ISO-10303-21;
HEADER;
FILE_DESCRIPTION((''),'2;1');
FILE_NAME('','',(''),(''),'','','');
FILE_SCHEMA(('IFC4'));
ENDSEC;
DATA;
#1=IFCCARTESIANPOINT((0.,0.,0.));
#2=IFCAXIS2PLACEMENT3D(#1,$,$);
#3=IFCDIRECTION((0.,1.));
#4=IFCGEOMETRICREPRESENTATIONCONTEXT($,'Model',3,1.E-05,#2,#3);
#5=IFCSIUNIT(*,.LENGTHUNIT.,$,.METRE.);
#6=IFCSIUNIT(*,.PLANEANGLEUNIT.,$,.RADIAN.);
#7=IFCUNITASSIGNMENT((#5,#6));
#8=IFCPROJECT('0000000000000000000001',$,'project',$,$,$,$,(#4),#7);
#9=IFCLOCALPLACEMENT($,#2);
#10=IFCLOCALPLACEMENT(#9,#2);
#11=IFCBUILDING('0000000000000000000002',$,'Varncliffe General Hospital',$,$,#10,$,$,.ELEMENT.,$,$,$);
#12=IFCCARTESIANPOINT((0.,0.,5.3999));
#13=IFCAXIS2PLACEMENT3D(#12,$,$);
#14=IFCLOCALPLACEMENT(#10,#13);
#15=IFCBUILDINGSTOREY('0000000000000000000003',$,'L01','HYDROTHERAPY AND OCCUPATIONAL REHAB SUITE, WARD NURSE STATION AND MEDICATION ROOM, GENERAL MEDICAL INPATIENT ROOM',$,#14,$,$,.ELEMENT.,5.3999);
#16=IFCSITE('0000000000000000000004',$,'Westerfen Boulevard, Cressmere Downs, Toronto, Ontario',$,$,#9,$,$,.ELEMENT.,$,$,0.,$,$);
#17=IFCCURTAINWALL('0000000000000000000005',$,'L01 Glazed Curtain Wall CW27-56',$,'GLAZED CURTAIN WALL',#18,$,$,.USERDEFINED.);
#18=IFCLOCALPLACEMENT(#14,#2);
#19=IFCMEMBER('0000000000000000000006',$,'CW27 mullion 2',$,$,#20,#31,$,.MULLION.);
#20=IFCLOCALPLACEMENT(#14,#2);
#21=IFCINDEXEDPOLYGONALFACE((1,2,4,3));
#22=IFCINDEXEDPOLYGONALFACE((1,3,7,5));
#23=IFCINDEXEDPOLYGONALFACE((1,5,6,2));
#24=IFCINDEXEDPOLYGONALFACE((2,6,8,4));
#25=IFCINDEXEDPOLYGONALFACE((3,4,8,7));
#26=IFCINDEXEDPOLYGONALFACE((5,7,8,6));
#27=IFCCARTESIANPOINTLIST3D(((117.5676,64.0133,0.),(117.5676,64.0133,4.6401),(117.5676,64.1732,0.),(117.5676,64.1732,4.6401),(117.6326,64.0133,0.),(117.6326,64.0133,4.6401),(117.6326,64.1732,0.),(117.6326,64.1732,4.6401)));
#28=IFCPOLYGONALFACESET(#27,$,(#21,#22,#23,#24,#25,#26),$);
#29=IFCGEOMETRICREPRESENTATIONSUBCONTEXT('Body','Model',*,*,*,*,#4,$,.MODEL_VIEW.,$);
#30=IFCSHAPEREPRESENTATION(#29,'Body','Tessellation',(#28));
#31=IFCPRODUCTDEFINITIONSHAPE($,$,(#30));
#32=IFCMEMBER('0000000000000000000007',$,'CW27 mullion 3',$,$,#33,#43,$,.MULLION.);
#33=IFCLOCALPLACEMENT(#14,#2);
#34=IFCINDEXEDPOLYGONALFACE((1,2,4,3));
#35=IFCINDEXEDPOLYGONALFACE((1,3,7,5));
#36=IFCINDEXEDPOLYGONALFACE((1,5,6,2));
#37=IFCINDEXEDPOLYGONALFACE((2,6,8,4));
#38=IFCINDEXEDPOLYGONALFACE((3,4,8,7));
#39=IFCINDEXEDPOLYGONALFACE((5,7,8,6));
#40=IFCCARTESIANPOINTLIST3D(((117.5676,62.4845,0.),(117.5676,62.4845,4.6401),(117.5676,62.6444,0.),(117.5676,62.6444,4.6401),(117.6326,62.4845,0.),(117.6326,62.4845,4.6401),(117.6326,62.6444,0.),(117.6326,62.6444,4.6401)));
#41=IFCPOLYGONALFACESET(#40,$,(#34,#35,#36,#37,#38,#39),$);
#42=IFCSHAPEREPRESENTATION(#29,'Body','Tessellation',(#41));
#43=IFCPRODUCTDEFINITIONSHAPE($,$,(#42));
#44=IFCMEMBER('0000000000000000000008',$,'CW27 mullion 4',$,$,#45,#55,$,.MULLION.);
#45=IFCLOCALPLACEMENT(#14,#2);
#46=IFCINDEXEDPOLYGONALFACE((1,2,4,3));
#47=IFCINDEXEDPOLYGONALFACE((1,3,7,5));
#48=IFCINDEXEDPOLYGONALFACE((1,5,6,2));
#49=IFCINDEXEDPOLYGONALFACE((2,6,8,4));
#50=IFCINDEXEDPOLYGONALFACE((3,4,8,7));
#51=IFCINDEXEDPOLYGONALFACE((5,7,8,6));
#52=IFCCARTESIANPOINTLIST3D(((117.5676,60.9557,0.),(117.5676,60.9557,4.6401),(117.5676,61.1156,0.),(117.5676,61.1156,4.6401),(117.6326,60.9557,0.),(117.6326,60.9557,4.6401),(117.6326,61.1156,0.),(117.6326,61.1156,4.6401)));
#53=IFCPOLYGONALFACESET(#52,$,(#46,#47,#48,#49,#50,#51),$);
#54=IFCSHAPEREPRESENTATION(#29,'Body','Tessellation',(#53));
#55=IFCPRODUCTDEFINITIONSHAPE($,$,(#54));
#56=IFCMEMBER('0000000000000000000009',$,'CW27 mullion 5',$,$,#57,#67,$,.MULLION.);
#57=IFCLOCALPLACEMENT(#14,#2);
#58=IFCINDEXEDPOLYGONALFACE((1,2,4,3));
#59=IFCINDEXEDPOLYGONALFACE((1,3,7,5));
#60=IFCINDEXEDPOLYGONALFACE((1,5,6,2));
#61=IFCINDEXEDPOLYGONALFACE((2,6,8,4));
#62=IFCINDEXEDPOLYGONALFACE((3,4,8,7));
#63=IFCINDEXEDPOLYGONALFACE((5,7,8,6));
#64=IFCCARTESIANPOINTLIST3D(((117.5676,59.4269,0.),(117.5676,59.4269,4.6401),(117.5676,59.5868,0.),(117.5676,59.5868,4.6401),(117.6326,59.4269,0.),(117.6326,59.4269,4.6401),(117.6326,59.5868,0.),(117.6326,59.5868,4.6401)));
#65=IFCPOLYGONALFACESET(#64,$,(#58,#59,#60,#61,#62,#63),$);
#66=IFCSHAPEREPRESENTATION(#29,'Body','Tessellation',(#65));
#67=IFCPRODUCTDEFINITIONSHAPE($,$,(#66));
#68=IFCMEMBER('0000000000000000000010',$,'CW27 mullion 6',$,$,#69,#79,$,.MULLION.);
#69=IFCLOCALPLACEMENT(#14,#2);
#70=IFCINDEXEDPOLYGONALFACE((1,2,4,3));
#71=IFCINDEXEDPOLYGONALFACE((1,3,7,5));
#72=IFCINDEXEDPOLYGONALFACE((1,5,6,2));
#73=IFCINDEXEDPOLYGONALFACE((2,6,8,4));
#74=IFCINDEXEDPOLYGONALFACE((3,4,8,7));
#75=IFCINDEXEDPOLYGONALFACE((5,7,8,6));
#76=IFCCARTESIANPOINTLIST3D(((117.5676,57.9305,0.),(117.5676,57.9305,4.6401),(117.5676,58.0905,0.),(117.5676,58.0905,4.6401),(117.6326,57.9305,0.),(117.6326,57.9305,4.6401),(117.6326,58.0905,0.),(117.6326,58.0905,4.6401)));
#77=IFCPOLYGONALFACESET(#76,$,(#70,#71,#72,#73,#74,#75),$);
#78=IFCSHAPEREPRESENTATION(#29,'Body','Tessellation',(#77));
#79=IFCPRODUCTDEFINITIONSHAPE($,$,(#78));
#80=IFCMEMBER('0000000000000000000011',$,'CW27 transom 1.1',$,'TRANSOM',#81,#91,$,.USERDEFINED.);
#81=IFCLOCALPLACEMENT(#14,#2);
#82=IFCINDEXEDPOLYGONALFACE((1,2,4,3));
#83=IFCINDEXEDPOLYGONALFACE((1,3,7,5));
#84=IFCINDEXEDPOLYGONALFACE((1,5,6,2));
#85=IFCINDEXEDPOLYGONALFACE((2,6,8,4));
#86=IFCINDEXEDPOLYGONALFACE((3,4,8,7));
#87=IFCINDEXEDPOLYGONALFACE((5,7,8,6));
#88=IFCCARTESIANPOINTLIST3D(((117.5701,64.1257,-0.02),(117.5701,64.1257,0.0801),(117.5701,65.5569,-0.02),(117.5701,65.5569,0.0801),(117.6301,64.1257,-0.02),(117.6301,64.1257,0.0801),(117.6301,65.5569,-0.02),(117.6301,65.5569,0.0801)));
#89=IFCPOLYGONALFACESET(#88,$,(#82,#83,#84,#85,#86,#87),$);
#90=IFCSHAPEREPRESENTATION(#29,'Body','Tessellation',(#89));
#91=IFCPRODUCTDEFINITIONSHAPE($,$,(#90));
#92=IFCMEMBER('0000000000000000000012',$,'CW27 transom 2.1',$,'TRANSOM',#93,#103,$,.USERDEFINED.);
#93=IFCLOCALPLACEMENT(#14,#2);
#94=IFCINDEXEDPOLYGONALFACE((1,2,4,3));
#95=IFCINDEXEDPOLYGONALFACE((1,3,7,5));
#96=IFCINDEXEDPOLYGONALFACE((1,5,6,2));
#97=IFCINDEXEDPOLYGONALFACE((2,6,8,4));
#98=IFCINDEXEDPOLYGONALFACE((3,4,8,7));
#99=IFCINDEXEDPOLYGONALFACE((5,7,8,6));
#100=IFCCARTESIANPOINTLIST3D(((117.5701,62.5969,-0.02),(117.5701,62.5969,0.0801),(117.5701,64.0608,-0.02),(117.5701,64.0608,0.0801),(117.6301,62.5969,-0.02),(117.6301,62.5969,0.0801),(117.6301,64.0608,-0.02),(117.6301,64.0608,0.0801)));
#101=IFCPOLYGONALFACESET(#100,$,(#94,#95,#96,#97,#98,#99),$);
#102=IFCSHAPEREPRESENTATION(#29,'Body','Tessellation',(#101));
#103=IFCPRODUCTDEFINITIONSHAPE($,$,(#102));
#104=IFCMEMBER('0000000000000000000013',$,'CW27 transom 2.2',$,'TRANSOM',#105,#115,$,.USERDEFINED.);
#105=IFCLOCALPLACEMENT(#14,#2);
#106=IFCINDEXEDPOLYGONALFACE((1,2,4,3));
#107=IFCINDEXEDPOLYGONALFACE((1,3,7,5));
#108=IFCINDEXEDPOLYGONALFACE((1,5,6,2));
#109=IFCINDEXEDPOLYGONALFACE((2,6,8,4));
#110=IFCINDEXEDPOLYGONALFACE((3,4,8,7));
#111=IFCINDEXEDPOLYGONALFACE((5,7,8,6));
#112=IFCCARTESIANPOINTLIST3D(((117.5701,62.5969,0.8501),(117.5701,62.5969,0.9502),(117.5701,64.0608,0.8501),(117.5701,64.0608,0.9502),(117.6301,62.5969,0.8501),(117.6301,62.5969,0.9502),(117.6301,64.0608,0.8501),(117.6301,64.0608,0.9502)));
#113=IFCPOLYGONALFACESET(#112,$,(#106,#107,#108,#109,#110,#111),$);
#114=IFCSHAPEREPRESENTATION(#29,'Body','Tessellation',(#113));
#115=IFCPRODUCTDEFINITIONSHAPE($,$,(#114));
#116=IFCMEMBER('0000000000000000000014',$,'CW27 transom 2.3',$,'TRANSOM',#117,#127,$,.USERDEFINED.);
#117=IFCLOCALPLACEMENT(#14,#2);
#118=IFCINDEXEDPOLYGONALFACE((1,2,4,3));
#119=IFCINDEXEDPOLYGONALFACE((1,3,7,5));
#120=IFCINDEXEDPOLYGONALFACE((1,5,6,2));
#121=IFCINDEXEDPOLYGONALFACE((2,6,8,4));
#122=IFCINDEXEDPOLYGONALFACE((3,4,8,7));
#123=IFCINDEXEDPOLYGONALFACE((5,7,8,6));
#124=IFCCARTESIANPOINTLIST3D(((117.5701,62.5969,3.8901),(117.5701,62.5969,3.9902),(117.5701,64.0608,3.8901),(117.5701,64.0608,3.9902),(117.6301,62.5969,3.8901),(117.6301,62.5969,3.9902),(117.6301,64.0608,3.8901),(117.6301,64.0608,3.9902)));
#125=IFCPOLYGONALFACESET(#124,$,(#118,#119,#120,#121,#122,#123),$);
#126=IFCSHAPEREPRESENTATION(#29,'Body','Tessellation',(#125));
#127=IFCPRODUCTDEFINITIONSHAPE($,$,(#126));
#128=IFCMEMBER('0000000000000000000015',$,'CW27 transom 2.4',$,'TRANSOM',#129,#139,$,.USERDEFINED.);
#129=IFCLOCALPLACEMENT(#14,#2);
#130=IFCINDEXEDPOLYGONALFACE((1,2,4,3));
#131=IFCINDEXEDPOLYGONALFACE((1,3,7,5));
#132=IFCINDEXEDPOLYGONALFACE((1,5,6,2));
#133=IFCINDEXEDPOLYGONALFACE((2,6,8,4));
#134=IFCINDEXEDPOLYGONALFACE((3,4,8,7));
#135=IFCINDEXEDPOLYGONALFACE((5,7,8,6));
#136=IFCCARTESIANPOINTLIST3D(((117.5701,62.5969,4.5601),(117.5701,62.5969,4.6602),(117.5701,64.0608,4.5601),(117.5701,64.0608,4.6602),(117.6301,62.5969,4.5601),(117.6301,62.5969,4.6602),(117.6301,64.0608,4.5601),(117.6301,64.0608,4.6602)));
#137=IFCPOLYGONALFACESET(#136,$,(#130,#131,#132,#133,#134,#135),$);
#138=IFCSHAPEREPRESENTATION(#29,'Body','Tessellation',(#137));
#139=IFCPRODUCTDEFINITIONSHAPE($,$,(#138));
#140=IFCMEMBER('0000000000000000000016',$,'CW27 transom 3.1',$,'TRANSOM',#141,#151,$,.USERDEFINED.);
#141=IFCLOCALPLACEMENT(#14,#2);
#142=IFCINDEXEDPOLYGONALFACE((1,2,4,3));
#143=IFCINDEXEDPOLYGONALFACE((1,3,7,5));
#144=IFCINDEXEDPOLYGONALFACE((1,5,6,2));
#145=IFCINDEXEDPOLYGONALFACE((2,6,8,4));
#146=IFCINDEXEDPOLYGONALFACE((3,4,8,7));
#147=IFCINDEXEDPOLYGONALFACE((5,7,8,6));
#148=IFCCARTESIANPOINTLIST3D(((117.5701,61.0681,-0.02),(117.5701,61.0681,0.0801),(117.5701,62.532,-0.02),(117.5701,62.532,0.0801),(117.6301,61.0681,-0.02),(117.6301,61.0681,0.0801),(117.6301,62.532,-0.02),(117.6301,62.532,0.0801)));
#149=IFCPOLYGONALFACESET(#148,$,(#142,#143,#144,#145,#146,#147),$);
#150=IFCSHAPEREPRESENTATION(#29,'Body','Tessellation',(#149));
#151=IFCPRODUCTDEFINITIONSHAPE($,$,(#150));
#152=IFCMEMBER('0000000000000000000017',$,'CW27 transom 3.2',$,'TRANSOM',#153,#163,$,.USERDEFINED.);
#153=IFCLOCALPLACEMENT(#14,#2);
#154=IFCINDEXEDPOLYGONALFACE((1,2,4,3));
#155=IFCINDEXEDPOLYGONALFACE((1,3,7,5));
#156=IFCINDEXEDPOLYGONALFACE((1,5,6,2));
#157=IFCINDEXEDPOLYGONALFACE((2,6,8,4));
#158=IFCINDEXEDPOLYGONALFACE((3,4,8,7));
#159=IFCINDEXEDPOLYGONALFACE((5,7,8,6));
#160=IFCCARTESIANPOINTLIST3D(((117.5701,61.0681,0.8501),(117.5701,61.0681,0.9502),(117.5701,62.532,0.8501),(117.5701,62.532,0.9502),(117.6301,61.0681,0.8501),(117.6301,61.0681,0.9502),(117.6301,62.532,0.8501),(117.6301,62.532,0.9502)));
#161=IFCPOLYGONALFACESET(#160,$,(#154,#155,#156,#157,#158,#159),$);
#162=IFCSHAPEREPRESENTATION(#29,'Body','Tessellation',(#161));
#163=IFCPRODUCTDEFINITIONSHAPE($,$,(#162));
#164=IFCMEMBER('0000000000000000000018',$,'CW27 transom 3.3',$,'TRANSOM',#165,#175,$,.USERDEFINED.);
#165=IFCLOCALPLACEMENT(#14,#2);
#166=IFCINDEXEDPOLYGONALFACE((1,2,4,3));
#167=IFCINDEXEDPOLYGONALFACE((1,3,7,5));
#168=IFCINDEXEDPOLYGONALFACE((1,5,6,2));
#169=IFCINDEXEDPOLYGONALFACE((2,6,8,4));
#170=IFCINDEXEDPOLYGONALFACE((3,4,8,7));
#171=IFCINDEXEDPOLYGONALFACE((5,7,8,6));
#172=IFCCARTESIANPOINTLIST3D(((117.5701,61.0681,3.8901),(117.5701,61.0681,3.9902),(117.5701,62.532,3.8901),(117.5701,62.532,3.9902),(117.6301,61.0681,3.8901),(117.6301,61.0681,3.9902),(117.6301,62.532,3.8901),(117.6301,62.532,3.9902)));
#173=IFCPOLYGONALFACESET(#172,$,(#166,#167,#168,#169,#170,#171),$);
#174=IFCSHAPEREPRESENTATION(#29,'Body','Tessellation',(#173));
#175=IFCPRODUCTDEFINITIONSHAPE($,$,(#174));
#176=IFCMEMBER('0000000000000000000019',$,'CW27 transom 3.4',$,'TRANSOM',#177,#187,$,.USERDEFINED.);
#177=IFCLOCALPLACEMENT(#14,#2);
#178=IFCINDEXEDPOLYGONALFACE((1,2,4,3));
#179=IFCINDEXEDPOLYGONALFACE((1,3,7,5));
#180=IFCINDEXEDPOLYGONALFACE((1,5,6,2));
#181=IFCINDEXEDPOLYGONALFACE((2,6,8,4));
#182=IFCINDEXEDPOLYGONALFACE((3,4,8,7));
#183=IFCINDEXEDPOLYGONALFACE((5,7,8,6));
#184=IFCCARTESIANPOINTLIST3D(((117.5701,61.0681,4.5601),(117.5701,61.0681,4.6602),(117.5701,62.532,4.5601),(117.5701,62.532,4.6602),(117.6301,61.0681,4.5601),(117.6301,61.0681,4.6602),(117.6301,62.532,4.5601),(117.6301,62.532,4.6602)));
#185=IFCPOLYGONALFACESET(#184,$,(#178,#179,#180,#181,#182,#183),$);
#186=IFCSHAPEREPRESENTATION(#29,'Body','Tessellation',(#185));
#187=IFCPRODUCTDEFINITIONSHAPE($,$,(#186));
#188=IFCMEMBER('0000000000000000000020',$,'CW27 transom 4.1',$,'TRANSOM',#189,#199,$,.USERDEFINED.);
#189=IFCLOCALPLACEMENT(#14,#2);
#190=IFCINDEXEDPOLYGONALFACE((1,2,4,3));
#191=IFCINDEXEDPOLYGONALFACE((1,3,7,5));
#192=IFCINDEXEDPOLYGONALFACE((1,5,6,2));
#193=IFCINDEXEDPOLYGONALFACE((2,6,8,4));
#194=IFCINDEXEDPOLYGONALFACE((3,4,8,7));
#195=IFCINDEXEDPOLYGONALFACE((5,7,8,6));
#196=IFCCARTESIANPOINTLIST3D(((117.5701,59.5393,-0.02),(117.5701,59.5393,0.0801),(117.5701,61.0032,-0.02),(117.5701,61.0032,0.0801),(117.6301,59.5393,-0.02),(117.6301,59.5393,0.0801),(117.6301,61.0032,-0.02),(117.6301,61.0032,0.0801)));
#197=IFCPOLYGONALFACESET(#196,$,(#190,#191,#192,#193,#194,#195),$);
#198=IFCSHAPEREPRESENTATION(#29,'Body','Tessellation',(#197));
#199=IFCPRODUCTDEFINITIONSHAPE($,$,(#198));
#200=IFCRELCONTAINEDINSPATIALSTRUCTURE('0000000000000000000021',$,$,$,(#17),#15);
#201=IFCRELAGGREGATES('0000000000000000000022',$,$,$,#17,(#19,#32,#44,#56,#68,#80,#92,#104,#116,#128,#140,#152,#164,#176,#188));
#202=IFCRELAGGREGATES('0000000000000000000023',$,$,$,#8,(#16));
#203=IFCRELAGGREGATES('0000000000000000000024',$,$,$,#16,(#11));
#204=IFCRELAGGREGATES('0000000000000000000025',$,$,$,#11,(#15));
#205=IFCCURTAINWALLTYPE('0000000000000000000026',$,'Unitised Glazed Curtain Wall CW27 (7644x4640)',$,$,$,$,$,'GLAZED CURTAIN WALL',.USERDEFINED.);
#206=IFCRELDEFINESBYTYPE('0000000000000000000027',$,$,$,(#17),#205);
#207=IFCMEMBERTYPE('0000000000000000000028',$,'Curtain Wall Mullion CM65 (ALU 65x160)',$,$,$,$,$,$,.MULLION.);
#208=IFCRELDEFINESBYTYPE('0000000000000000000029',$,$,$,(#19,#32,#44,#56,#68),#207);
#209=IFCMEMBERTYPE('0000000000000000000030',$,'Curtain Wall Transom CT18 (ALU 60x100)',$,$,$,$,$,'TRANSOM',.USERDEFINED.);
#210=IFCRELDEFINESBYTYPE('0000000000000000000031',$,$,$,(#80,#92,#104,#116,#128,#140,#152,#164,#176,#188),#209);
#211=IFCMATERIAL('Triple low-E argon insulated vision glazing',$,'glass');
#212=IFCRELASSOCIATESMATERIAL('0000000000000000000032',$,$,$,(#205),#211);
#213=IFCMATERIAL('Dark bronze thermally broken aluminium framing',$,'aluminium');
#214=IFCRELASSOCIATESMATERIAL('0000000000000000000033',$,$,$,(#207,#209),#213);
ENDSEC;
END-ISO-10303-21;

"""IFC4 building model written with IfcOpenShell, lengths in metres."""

from ifc_helpers import new_model, si_unit, direction, frame, origin, origin_2d, place, context, subcontext, project, spatial, rectangle, extrude, material, material_profile, profile_set, type_object, element, aggregate, save


model = new_model("IFC4")

# Units and contexts
model_context = context("Model", 3, precision=1e-05, world=origin(), true_north=direction((0.0, 1.0)))
body_context = subcontext(model_context, "Body", "Model", "MODEL_VIEW")
ifc_project = project(units=[si_unit("LENGTHUNIT", "METRE"), si_unit("PLANEANGLEUNIT", "RADIAN")], contexts=[model_context])

# Site, building, storey
site_placement = place(None, origin())
site = spatial("IfcSite", under=ifc_project, at=site_placement, Name="Westerfen Boulevard, Cressmere Downs, Toronto, Ontario", CompositionType="ELEMENT", RefElevation=0.0)
building_placement = place(site_placement, origin())
building = spatial("IfcBuilding", under=site, at=building_placement, Name="Varncliffe General Hospital", CompositionType="ELEMENT")
storey_placement = place(building_placement, frame((0.0, 0.0, 5.3999)))
storey = spatial("IfcBuildingStorey", under=building, at=storey_placement, Name="L01", Description="HYDROTHERAPY AND OCCUPATIONAL REHAB SUITE, WARD NURSE STATION AND MEDICATION ROOM, GENERAL MEDICAL INPATIENT ROOM", CompositionType="ELEMENT", Elevation=5.3999)

# Curtain wall, members
ifc_material_1 = material(Name="Triple low-E argon insulated vision glazing", Category="glass")
curtain_wall_type = type_object("IfcCurtainWallType", Name="Unitised Glazed Curtain Wall CW27 (7644x4640)", ElementType="GLAZED CURTAIN WALL", PredefinedType="USERDEFINED", material=ifc_material_1)
curtain_wall_placement = place(storey_placement, origin())
curtain_wall = element("IfcCurtainWall", 1, at=curtain_wall_placement, inside=storey, type_object=curtain_wall_type, Name="L01 Glazed Curtain Wall CW27-56", ObjectType="GLAZED CURTAIN WALL", PredefinedType="USERDEFINED")
ifc_material_2 = material(Name="Dark bronze thermally broken aluminium framing", Category="aluminium")
ifc_material_profile_1 = material_profile(ifc_material_2, rectangle(XDim=0.0649, YDim=0.1599, at=origin_2d()), Name="ALU 65x160")
ifc_profile_set_1 = profile_set([ifc_material_profile_1], Name="Dark bronze thermally broken aluminium framing")
member_type_1 = type_object("IfcMemberType", Name="Curtain Wall Mullion CM65 (ALU 65x160)", PredefinedType="MULLION", material=ifc_profile_set_1)
member_1_placement = place(storey_placement, frame((117.6001, 64.0933, 0.0), z_axis=(0.0, 0.0, 1.0), x_axis=(1.0, 0.0, 0.0)))
member_1 = element("IfcMember", 2, at=member_1_placement, type_object=member_type_1, Name="CW27 mullion 2", PredefinedType="MULLION", context=body_context, shape_type="SweptSolid", body=[
    extrude(rectangle(XDim=0.0649, YDim=0.1599, at=origin_2d()), origin(), (0.0, 0.0, 1.0), 4.6401),
])
member_2_placement = place(storey_placement, frame((117.6001, 62.5645, 0.0), z_axis=(0.0, 0.0, 1.0), x_axis=(1.0, 0.0, 0.0)))
member_2 = element("IfcMember", 3, at=member_2_placement, type_object=member_type_1, Name="CW27 mullion 3", PredefinedType="MULLION", context=body_context, shape_type="SweptSolid", body=[
    extrude(rectangle(XDim=0.0649, YDim=0.1599, at=origin_2d()), origin(), (0.0, 0.0, 1.0), 4.6401),
])
member_3_placement = place(storey_placement, frame((117.6001, 61.0356, 0.0), z_axis=(0.0, 0.0, 1.0), x_axis=(1.0, 0.0, 0.0)))
member_3 = element("IfcMember", 4, at=member_3_placement, type_object=member_type_1, Name="CW27 mullion 4", PredefinedType="MULLION", context=body_context, shape_type="SweptSolid", body=[
    extrude(rectangle(XDim=0.0649, YDim=0.1599, at=origin_2d()), origin(), (0.0, 0.0, 1.0), 4.6401),
])
member_4_placement = place(storey_placement, frame((117.6001, 59.5068, 0.0), z_axis=(0.0, 0.0, 1.0), x_axis=(1.0, 0.0, 0.0)))
member_4 = element("IfcMember", 5, at=member_4_placement, type_object=member_type_1, Name="CW27 mullion 5", PredefinedType="MULLION", context=body_context, shape_type="SweptSolid", body=[
    extrude(rectangle(XDim=0.0649, YDim=0.1599, at=origin_2d()), origin(), (0.0, 0.0, 1.0), 4.6401),
])
member_5_placement = place(storey_placement, frame((117.6001, 58.0105, 0.0), z_axis=(0.0, 0.0, 1.0), x_axis=(1.0, 0.0, 0.0)))
member_5 = element("IfcMember", 6, at=member_5_placement, type_object=member_type_1, Name="CW27 mullion 6", PredefinedType="MULLION", context=body_context, shape_type="SweptSolid", body=[
    extrude(rectangle(XDim=0.0649, YDim=0.1599, at=origin_2d()), origin(), (0.0, 0.0, 1.0), 4.6401),
])
ifc_material_profile_2 = material_profile(ifc_material_2, rectangle(XDim=0.0601, YDim=0.1001, at=origin_2d()), Name="ALU 60x100")
ifc_profile_set_2 = profile_set([ifc_material_profile_2], Name="Dark bronze thermally broken aluminium framing")
member_type_2 = type_object("IfcMemberType", Name="Curtain Wall Transom CT18 (ALU 60x100)", ElementType="TRANSOM", PredefinedType="USERDEFINED", material=ifc_profile_set_2)
member_6_placement = place(storey_placement, frame((117.6001, 65.5569, 0.03), z_axis=(0.0, -1.0, 0.0), x_axis=(1.0, 0.0, 0.0)))
member_6 = element("IfcMember", 7, at=member_6_placement, type_object=member_type_2, Name="CW27 transom 1.1", ObjectType="TRANSOM", PredefinedType="USERDEFINED", context=body_context, shape_type="SweptSolid", body=[
    extrude(rectangle(XDim=0.0601, YDim=0.1001, at=origin_2d()), origin(), (0.0, 0.0, 1.0), 1.4312),
])
member_7_placement = place(storey_placement, frame((117.6001, 64.0608, 0.03), z_axis=(0.0, -1.0, 0.0), x_axis=(1.0, 0.0, 0.0)))
member_7 = element("IfcMember", 8, at=member_7_placement, type_object=member_type_2, Name="CW27 transom 2.1", ObjectType="TRANSOM", PredefinedType="USERDEFINED", context=body_context, shape_type="SweptSolid", body=[
    extrude(rectangle(XDim=0.0601, YDim=0.1001, at=origin_2d()), origin(), (0.0, 0.0, 1.0), 1.4639),
])
member_8_placement = place(storey_placement, frame((117.6001, 64.0608, 0.9001), z_axis=(0.0, -1.0, 0.0), x_axis=(1.0, 0.0, 0.0)))
member_8 = element("IfcMember", 9, at=member_8_placement, type_object=member_type_2, Name="CW27 transom 2.2", ObjectType="TRANSOM", PredefinedType="USERDEFINED", context=body_context, shape_type="SweptSolid", body=[
    extrude(rectangle(XDim=0.0601, YDim=0.1001, at=origin_2d()), origin(), (0.0, 0.0, 1.0), 1.4639),
])
member_9_placement = place(storey_placement, frame((117.6001, 64.0608, 3.9402), z_axis=(0.0, -1.0, 0.0), x_axis=(1.0, 0.0, 0.0)))
member_9 = element("IfcMember", 10, at=member_9_placement, type_object=member_type_2, Name="CW27 transom 2.3", ObjectType="TRANSOM", PredefinedType="USERDEFINED", context=body_context, shape_type="SweptSolid", body=[
    extrude(rectangle(XDim=0.0601, YDim=0.1001, at=origin_2d()), origin(), (0.0, 0.0, 1.0), 1.4639),
])
member_10_placement = place(storey_placement, frame((117.6001, 64.0608, 4.6101), z_axis=(0.0, -1.0, 0.0), x_axis=(1.0, 0.0, 0.0)))
member_10 = element("IfcMember", 11, at=member_10_placement, type_object=member_type_2, Name="CW27 transom 2.4", ObjectType="TRANSOM", PredefinedType="USERDEFINED", context=body_context, shape_type="SweptSolid", body=[
    extrude(rectangle(XDim=0.0601, YDim=0.1001, at=origin_2d()), origin(), (0.0, 0.0, 1.0), 1.4639),
])
member_11_placement = place(storey_placement, frame((117.6001, 62.532, 0.03), z_axis=(0.0, -1.0, 0.0), x_axis=(1.0, 0.0, 0.0)))
member_11 = element("IfcMember", 12, at=member_11_placement, type_object=member_type_2, Name="CW27 transom 3.1", ObjectType="TRANSOM", PredefinedType="USERDEFINED", context=body_context, shape_type="SweptSolid", body=[
    extrude(rectangle(XDim=0.0601, YDim=0.1001, at=origin_2d()), origin(), (0.0, 0.0, 1.0), 1.4639),
])
member_12_placement = place(storey_placement, frame((117.6001, 62.532, 0.9001), z_axis=(0.0, -1.0, 0.0), x_axis=(1.0, 0.0, 0.0)))
member_12 = element("IfcMember", 13, at=member_12_placement, type_object=member_type_2, Name="CW27 transom 3.2", ObjectType="TRANSOM", PredefinedType="USERDEFINED", context=body_context, shape_type="SweptSolid", body=[
    extrude(rectangle(XDim=0.0601, YDim=0.1001, at=origin_2d()), origin(), (0.0, 0.0, 1.0), 1.4639),
])
member_13_placement = place(storey_placement, frame((117.6001, 62.532, 3.9402), z_axis=(0.0, -1.0, 0.0), x_axis=(1.0, 0.0, 0.0)))
member_13 = element("IfcMember", 14, at=member_13_placement, type_object=member_type_2, Name="CW27 transom 3.3", ObjectType="TRANSOM", PredefinedType="USERDEFINED", context=body_context, shape_type="SweptSolid", body=[
    extrude(rectangle(XDim=0.0601, YDim=0.1001, at=origin_2d()), origin(), (0.0, 0.0, 1.0), 1.4639),
])
member_14_placement = place(storey_placement, frame((117.6001, 62.532, 4.6101), z_axis=(0.0, -1.0, 0.0), x_axis=(1.0, 0.0, 0.0)))
member_14 = element("IfcMember", 15, at=member_14_placement, type_object=member_type_2, Name="CW27 transom 3.4", ObjectType="TRANSOM", PredefinedType="USERDEFINED", context=body_context, shape_type="SweptSolid", body=[
    extrude(rectangle(XDim=0.0601, YDim=0.1001, at=origin_2d()), origin(), (0.0, 0.0, 1.0), 1.4639),
])
member_15_placement = place(storey_placement, frame((117.6001, 61.0032, 0.03), z_axis=(0.0, -1.0, 0.0), x_axis=(1.0, 0.0, 0.0)))
member_15 = element("IfcMember", 16, at=member_15_placement, type_object=member_type_2, Name="CW27 transom 4.1", ObjectType="TRANSOM", PredefinedType="USERDEFINED", context=body_context, shape_type="SweptSolid", body=[
    extrude(rectangle(XDim=0.0601, YDim=0.1001, at=origin_2d()), origin(), (0.0, 0.0, 1.0), 1.4639),
])

aggregate(curtain_wall, [member_1, member_2, member_3, member_4, member_5, member_6, member_7, member_8, member_9, member_10, member_11, member_12, member_13, member_14, member_15])

save(model, "model.ifc")
